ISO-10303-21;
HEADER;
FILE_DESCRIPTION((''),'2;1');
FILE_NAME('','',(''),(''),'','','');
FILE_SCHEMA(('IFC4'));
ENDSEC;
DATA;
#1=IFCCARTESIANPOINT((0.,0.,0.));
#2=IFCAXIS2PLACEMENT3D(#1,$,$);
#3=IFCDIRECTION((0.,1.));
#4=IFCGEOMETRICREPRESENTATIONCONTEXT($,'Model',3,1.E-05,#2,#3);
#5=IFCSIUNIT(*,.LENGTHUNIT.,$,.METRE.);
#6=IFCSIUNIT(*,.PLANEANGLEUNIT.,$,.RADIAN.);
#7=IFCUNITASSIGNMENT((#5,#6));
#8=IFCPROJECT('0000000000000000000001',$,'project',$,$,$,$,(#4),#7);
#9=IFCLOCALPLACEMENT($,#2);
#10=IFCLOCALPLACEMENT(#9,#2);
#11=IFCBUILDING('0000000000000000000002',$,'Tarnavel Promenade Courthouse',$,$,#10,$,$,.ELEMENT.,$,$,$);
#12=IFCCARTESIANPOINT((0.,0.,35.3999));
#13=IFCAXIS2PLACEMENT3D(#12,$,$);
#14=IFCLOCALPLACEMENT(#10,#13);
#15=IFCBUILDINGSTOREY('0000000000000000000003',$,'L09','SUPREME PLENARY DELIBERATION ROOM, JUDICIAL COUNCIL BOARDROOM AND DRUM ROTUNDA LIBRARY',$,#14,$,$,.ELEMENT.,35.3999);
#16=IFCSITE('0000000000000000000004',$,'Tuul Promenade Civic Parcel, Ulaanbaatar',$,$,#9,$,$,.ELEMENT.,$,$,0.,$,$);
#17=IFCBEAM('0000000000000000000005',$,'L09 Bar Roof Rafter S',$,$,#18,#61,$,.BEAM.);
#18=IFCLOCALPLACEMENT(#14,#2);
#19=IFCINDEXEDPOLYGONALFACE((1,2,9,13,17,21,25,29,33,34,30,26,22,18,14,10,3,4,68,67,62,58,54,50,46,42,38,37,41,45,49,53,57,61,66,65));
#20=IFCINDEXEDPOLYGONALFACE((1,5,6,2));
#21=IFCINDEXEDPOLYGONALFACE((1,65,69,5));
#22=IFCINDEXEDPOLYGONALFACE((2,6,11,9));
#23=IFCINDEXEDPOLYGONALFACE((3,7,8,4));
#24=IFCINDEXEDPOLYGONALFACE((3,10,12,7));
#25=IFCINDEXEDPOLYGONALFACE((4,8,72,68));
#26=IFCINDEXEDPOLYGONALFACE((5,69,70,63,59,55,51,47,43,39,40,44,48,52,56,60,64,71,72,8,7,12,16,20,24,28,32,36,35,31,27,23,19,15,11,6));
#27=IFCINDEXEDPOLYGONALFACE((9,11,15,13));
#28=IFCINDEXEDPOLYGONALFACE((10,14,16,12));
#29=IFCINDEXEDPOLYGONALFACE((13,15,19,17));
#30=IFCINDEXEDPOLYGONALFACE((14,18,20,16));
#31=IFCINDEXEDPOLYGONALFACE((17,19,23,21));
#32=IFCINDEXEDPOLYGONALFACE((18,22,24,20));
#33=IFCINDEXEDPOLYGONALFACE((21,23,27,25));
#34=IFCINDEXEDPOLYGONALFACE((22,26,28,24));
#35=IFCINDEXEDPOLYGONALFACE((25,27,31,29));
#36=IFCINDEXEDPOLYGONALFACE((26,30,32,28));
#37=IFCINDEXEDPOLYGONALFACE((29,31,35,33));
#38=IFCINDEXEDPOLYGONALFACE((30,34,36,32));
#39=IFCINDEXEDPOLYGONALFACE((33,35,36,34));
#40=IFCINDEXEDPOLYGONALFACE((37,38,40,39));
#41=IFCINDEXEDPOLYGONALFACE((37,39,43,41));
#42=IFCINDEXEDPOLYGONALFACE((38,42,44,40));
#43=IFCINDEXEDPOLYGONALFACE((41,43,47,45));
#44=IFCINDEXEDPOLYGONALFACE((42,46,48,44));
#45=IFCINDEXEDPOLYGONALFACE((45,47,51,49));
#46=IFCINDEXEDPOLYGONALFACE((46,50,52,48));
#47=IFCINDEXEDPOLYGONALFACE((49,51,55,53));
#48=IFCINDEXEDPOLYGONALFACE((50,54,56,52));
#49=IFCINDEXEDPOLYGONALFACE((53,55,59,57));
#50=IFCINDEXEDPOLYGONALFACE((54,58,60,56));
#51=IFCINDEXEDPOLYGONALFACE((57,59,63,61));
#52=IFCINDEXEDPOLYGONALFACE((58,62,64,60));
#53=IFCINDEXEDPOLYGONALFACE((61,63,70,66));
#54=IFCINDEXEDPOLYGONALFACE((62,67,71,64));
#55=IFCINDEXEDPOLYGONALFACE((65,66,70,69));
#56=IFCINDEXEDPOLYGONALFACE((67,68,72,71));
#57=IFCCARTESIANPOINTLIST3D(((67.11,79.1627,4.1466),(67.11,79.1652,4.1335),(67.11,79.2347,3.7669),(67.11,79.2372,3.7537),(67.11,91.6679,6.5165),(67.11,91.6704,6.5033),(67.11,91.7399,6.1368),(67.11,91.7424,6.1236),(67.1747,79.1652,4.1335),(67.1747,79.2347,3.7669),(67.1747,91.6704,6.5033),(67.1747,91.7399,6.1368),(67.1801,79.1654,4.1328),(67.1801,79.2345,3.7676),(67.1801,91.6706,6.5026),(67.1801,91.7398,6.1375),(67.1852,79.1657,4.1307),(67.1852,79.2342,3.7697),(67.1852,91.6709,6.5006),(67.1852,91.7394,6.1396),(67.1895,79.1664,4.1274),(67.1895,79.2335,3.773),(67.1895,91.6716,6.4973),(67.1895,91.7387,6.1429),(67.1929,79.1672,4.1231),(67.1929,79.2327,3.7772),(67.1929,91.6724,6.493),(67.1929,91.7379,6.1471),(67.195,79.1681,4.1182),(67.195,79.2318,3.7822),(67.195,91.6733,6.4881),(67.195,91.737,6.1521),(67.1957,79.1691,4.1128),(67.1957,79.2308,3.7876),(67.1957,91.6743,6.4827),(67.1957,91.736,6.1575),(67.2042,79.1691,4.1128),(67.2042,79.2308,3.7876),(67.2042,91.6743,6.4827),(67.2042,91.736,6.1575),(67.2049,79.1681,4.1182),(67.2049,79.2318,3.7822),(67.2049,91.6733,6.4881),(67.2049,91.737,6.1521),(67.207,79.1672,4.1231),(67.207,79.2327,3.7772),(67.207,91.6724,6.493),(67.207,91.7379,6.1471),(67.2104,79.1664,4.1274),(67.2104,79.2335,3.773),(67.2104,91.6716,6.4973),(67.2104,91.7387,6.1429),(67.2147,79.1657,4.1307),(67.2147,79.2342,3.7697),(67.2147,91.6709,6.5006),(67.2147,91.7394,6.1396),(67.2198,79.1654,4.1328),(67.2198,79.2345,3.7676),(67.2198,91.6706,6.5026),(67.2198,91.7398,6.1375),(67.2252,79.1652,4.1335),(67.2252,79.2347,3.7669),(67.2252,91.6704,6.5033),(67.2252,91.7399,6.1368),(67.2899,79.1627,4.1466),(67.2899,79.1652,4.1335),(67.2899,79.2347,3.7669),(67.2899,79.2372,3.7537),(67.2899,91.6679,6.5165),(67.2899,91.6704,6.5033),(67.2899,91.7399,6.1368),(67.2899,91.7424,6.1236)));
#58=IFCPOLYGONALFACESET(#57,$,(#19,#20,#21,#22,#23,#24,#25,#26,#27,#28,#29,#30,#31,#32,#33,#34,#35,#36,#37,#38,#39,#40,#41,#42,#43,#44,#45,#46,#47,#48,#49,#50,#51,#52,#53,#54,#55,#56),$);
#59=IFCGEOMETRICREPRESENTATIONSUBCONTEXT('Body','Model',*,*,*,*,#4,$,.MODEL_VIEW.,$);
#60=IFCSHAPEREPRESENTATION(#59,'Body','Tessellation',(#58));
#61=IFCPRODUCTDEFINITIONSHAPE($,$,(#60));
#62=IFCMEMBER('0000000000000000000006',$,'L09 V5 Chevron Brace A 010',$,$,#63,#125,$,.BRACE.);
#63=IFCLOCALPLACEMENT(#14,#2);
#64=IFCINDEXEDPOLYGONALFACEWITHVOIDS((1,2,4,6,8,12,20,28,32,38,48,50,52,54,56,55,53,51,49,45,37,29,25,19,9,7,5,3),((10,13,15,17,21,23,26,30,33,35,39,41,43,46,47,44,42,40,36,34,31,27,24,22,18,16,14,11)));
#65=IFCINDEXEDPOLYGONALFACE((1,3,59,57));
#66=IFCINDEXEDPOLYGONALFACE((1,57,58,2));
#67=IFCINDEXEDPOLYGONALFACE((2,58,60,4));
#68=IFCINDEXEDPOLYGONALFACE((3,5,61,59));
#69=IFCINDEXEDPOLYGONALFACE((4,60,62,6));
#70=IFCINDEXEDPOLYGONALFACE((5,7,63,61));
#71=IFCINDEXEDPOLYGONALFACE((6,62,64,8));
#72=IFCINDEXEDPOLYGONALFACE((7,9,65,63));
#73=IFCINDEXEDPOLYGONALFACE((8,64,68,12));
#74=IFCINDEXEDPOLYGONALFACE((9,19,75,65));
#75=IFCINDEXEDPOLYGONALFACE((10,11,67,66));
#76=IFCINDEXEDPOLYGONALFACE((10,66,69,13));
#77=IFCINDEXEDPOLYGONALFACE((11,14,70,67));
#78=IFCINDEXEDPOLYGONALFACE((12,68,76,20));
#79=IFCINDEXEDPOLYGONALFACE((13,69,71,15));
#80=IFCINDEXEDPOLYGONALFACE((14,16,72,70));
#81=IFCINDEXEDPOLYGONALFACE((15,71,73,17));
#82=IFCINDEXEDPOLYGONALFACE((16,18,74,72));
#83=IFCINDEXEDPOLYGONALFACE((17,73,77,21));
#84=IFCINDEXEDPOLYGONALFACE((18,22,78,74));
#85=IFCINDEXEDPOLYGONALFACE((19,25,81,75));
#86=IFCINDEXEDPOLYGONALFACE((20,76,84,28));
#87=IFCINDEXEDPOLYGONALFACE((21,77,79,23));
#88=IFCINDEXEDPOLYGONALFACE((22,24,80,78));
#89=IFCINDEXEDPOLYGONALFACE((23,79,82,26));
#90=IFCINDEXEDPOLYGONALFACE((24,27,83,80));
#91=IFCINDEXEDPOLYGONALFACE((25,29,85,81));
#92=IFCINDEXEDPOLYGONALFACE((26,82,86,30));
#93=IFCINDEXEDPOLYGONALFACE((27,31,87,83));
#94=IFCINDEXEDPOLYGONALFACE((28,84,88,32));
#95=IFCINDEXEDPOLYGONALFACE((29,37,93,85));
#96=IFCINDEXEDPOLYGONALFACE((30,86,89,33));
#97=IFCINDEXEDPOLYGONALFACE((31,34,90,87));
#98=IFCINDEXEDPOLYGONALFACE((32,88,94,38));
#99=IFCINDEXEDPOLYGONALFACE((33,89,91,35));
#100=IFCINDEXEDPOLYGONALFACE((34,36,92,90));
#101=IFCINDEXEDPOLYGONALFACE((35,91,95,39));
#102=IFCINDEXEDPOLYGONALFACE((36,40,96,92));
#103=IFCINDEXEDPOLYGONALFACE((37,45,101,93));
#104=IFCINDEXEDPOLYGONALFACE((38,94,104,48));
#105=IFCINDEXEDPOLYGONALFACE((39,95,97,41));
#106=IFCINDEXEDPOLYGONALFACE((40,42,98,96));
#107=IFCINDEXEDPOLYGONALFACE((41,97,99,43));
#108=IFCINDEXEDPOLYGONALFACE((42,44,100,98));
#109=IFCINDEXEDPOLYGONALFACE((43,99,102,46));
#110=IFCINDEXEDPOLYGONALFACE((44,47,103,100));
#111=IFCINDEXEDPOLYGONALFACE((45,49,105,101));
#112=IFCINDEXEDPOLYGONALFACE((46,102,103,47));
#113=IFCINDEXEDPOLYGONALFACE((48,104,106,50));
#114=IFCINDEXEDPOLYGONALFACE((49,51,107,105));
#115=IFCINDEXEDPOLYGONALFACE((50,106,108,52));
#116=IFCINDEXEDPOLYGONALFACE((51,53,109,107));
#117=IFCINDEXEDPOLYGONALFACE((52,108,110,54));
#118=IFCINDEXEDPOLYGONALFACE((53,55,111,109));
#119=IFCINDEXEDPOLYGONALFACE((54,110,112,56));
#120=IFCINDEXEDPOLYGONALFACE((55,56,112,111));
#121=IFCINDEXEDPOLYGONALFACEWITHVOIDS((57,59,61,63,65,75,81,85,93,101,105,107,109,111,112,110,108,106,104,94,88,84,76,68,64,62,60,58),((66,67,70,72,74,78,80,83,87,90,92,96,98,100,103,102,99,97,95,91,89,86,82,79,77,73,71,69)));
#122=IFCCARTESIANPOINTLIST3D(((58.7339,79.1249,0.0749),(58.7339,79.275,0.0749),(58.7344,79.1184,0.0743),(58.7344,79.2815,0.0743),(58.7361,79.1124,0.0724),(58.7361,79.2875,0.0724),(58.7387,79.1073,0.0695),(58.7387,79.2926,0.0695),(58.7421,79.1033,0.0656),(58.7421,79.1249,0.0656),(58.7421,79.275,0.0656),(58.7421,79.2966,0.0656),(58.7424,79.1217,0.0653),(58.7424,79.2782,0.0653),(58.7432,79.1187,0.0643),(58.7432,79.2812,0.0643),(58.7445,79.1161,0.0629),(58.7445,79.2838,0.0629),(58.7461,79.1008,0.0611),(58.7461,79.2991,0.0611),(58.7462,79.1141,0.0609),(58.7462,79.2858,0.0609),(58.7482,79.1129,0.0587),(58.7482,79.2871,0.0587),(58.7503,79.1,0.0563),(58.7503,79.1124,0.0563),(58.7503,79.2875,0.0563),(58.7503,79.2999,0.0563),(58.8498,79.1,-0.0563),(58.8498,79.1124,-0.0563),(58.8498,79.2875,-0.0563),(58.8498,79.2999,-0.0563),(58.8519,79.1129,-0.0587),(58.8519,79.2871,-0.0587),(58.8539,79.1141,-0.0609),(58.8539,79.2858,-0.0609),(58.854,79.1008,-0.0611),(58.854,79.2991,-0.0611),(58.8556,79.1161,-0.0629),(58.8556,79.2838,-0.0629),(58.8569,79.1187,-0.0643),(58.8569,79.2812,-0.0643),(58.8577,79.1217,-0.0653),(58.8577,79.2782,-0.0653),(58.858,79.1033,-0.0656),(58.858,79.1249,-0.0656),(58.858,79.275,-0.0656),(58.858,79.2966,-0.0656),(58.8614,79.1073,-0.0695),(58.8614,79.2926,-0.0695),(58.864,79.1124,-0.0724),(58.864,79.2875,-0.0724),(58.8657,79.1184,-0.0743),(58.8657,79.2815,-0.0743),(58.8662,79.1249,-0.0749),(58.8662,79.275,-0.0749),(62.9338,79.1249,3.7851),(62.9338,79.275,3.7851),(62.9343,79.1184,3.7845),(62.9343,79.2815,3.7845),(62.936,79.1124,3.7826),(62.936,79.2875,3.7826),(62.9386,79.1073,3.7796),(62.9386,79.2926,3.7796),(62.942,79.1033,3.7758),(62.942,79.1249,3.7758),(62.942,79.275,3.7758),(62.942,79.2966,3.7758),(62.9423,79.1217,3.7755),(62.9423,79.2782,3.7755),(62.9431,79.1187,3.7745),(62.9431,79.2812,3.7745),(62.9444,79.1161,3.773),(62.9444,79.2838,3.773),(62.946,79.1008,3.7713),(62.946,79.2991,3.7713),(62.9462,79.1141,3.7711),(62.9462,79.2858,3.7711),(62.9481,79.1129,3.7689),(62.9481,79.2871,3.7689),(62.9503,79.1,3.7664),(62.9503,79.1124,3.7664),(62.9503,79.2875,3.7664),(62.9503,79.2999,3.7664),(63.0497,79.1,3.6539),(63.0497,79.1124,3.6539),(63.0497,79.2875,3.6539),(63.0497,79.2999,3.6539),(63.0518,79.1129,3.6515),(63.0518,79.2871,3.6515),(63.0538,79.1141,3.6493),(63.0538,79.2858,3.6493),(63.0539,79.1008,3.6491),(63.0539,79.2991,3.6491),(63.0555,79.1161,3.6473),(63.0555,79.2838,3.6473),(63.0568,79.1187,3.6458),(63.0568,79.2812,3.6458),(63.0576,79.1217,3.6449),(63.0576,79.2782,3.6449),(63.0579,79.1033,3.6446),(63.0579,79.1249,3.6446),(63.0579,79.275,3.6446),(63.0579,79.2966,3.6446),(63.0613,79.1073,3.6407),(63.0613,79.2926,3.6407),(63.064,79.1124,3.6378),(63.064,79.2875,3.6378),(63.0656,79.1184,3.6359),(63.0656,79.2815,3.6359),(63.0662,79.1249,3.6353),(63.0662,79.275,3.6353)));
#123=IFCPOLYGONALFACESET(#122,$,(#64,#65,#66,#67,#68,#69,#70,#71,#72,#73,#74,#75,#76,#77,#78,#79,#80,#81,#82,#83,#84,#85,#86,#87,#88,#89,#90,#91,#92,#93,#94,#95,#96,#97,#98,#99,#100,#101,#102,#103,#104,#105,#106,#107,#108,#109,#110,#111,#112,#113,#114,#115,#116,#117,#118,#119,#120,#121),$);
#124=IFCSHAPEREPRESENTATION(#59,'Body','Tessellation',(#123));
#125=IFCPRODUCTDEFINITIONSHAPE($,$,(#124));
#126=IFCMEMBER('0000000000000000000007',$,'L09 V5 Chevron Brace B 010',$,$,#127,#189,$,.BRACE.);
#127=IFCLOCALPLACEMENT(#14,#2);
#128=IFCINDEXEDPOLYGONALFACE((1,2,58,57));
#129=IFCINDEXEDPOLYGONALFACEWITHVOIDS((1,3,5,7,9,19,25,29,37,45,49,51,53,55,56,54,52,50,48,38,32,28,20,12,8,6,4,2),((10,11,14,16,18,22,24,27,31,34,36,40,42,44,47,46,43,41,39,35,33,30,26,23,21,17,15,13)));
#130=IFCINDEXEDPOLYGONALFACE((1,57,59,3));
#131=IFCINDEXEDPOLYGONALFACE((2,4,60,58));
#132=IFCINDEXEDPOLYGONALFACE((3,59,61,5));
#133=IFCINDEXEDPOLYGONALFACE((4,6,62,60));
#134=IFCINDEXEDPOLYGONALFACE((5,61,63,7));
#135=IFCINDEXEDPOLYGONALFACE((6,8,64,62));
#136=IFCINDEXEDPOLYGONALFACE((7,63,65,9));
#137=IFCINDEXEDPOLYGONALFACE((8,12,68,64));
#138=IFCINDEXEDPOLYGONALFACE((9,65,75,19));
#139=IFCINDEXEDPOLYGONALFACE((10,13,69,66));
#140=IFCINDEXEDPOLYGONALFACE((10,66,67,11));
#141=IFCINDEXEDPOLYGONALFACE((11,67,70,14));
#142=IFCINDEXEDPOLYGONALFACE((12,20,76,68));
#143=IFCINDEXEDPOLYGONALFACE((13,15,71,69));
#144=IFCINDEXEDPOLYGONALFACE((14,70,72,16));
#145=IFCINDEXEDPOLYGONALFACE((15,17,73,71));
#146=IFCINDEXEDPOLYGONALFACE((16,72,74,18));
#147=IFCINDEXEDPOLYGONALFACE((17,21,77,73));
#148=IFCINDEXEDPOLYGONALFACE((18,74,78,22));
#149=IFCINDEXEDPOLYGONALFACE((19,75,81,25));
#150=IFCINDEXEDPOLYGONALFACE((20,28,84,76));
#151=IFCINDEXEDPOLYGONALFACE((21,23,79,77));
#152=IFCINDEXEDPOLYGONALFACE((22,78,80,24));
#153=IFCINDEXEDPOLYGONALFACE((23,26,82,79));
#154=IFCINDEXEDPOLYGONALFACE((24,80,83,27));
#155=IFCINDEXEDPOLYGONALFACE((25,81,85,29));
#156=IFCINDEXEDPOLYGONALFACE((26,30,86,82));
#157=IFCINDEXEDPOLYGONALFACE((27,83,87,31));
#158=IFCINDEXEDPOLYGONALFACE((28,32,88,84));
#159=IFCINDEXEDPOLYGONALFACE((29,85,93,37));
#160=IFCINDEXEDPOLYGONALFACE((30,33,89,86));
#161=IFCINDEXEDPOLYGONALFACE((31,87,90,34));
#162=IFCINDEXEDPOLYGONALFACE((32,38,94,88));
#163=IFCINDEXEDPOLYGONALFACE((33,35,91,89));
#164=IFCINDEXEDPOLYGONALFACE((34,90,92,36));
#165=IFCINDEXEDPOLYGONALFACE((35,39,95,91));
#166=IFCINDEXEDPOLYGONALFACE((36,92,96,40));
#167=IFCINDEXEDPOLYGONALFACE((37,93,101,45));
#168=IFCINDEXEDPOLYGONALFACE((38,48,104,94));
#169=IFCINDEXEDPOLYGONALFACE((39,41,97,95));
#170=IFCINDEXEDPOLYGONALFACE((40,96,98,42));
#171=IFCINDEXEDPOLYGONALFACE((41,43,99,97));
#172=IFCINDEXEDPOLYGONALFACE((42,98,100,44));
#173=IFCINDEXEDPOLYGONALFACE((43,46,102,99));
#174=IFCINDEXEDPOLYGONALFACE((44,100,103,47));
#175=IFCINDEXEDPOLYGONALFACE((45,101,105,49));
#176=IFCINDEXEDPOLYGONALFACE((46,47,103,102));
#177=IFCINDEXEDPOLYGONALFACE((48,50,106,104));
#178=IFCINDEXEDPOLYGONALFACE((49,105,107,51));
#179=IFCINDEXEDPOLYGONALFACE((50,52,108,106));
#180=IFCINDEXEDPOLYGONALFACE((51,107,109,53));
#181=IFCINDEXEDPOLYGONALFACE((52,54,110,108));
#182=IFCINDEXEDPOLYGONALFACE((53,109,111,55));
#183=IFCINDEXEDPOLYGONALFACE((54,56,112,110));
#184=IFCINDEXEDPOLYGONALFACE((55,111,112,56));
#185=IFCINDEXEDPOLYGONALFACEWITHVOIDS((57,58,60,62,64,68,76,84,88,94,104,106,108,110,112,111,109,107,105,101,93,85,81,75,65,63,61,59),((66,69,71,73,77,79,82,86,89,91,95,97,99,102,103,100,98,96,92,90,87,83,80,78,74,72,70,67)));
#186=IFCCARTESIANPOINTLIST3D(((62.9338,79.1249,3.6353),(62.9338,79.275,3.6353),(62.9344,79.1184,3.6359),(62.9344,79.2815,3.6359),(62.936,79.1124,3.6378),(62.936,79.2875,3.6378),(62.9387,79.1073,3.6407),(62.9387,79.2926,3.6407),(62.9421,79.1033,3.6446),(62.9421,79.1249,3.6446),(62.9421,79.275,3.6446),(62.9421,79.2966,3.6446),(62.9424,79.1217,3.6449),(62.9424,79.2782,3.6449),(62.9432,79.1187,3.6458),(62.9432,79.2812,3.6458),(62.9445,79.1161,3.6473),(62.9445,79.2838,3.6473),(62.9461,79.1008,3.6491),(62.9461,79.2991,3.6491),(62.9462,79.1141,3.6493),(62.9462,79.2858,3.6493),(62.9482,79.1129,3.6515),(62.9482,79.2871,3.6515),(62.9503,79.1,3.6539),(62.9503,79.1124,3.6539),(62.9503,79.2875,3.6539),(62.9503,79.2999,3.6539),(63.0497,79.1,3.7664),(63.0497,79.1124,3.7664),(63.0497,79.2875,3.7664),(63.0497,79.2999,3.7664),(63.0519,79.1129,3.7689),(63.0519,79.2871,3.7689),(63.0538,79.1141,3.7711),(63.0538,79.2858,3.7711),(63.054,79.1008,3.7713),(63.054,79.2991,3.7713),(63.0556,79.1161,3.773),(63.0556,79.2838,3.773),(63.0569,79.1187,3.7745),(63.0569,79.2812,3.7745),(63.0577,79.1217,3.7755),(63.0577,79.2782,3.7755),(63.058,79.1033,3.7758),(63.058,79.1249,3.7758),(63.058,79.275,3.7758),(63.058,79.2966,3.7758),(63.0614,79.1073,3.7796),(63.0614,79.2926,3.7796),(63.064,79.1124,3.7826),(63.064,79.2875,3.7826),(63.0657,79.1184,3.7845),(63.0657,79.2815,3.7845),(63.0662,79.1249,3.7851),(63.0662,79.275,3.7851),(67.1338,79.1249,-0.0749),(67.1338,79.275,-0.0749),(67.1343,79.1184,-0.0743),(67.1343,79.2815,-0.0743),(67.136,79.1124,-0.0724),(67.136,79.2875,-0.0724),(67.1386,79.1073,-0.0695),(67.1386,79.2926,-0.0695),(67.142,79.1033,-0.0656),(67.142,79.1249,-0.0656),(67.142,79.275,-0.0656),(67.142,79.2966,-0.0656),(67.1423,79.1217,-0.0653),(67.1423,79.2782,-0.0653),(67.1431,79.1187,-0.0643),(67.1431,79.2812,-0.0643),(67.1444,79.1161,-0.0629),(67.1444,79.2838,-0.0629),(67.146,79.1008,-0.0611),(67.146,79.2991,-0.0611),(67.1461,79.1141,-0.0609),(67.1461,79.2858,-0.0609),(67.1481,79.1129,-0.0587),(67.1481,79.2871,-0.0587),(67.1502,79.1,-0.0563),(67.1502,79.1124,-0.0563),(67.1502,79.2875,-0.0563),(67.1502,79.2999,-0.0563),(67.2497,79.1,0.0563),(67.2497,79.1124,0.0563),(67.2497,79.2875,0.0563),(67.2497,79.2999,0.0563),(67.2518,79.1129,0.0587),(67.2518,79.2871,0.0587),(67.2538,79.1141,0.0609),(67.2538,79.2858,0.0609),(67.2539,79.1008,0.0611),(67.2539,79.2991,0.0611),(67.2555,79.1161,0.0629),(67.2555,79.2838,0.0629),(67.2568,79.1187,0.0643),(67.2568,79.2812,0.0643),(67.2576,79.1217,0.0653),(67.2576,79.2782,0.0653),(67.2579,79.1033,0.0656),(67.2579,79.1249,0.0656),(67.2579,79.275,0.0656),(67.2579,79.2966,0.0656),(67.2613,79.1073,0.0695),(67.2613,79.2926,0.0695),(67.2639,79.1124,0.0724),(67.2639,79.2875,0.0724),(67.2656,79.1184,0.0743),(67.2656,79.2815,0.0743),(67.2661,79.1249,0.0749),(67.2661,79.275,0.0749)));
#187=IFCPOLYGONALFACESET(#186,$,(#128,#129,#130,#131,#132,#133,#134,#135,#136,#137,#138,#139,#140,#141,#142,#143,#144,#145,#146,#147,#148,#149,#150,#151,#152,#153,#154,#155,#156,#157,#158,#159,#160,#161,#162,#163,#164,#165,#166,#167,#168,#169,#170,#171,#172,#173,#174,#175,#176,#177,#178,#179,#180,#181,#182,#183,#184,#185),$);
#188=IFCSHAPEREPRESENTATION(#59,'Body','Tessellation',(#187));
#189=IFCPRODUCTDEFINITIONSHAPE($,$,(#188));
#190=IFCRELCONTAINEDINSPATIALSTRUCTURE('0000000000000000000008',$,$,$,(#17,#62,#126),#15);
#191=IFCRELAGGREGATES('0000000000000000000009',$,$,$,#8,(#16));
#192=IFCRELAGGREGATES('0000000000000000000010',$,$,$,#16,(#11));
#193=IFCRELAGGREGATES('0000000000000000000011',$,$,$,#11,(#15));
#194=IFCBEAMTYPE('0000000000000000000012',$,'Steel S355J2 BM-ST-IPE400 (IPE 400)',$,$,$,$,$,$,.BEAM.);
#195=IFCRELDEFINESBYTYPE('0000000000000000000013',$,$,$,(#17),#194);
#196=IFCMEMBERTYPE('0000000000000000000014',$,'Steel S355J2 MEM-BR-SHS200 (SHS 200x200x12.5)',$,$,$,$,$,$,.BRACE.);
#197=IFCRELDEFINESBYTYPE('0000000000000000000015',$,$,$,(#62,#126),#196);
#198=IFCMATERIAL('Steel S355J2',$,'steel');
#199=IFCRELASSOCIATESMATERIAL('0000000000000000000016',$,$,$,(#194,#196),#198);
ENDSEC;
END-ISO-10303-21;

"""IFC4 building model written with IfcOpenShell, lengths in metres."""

from ifc_helpers import new_model, si_unit, direction, frame, origin, origin_2d, place, context, subcontext, project, spatial, hollow_rectangle, i_section, extrude, material, material_profile, profile_set, type_object, element, save


model = new_model("IFC4")

# Units and contexts
model_context = context("Model", 3, precision=1e-05, world=origin(), true_north=direction((0.0, 1.0)))
body_context = subcontext(model_context, "Body", "Model", "MODEL_VIEW")
ifc_project = project(units=[si_unit("LENGTHUNIT", "METRE"), si_unit("PLANEANGLEUNIT", "RADIAN")], contexts=[model_context])

# Site, building, storey
site_placement = place(None, origin())
site = spatial("IfcSite", under=ifc_project, at=site_placement, Name="Tuul Promenade Civic Parcel, Ulaanbaatar", CompositionType="ELEMENT", RefElevation=0.0)
building_placement = place(site_placement, origin())
building = spatial("IfcBuilding", under=site, at=building_placement, Name="Tarnavel Promenade Courthouse", CompositionType="ELEMENT")
storey_placement = place(building_placement, frame((0.0, 0.0, 35.3999)))
storey = spatial("IfcBuildingStorey", under=building, at=storey_placement, Name="L09", Description="SUPREME PLENARY DELIBERATION ROOM, JUDICIAL COUNCIL BOARDROOM AND DRUM ROTUNDA LIBRARY", CompositionType="ELEMENT", Elevation=35.3999)

# Beam
ifc_material_1 = material(Name="Steel S355J2", Category="steel")
ifc_material_profile_1 = material_profile(ifc_material_1, i_section(OverallWidth=0.1799, OverallDepth=0.3999, WebThickness=0.0085, FlangeThickness=0.0134, FilletRadius=0.021, at=origin_2d()), Name="IPE 400")
ifc_profile_set_1 = profile_set([ifc_material_profile_1], Name="Steel S355J2")
beam_type_1 = type_object("IfcBeamType", Name="Steel S355J2 BM-ST-IPE400 (IPE 400)", PredefinedType="BEAM", material=ifc_profile_set_1)
for number, where, z_axis, x_axis, name in (
    (1, (67.2, 79.2, 3.9502), (0.0, 0.982512, 0.186198), (-1.0, 0.0, 0.0), "L09 Bar Roof Rafter S"),
):
    element("IfcBeam", number, at=place(storey_placement, frame(where, z_axis=z_axis, x_axis=x_axis)), inside=storey, type_object=beam_type_1, Name=name, PredefinedType="BEAM", context=body_context, shape_type="SweptSolid", body=[
        extrude(i_section(OverallWidth=0.1799, OverallDepth=0.3999, WebThickness=0.0085, FlangeThickness=0.0134, FilletRadius=0.021, at=origin_2d()), origin(), (0.0, 0.0, 1.0), 12.7278),
    ])

# Members
ifc_material_profile_2 = material_profile(ifc_material_1, hollow_rectangle(XDim=0.2, YDim=0.2, WallThickness=0.0125, InnerFilletRadius=0.0125, OuterFilletRadius=0.0249, at=origin_2d()), Name="SHS 200x200x12.5")
ifc_profile_set_2 = profile_set([ifc_material_profile_2], Name="Steel S355J2")
member_type = type_object("IfcMemberType", Name="Steel S355J2 MEM-BR-SHS200 (SHS 200x200x12.5)", PredefinedType="BRACE", material=ifc_profile_set_2)
for number, where, z_axis, x_axis, name in (
    (2, (58.8, 79.2, 0.0), (0.749451, 0.0, 0.66206), (0.0, 1.0, 0.0), "L09 V5 Chevron Brace A 010"),
    (3, (67.2, 79.2, 0.0), (-0.749451, 0.0, 0.66206), (0.0, -1.0, 0.0), "L09 V5 Chevron Brace B 010"),
):
    element("IfcMember", number, at=place(storey_placement, frame(where, z_axis=z_axis, x_axis=x_axis)), inside=storey, type_object=member_type, Name=name, PredefinedType="BRACE", context=body_context, shape_type="SweptSolid", body=[
        extrude(hollow_rectangle(XDim=0.2, YDim=0.2, WallThickness=0.0125, InnerFilletRadius=0.0125, OuterFilletRadius=0.0249, at=origin_2d()), origin(), (0.0, 0.0, 1.0), 5.604),
    ])

save(model, "model.ifc")
